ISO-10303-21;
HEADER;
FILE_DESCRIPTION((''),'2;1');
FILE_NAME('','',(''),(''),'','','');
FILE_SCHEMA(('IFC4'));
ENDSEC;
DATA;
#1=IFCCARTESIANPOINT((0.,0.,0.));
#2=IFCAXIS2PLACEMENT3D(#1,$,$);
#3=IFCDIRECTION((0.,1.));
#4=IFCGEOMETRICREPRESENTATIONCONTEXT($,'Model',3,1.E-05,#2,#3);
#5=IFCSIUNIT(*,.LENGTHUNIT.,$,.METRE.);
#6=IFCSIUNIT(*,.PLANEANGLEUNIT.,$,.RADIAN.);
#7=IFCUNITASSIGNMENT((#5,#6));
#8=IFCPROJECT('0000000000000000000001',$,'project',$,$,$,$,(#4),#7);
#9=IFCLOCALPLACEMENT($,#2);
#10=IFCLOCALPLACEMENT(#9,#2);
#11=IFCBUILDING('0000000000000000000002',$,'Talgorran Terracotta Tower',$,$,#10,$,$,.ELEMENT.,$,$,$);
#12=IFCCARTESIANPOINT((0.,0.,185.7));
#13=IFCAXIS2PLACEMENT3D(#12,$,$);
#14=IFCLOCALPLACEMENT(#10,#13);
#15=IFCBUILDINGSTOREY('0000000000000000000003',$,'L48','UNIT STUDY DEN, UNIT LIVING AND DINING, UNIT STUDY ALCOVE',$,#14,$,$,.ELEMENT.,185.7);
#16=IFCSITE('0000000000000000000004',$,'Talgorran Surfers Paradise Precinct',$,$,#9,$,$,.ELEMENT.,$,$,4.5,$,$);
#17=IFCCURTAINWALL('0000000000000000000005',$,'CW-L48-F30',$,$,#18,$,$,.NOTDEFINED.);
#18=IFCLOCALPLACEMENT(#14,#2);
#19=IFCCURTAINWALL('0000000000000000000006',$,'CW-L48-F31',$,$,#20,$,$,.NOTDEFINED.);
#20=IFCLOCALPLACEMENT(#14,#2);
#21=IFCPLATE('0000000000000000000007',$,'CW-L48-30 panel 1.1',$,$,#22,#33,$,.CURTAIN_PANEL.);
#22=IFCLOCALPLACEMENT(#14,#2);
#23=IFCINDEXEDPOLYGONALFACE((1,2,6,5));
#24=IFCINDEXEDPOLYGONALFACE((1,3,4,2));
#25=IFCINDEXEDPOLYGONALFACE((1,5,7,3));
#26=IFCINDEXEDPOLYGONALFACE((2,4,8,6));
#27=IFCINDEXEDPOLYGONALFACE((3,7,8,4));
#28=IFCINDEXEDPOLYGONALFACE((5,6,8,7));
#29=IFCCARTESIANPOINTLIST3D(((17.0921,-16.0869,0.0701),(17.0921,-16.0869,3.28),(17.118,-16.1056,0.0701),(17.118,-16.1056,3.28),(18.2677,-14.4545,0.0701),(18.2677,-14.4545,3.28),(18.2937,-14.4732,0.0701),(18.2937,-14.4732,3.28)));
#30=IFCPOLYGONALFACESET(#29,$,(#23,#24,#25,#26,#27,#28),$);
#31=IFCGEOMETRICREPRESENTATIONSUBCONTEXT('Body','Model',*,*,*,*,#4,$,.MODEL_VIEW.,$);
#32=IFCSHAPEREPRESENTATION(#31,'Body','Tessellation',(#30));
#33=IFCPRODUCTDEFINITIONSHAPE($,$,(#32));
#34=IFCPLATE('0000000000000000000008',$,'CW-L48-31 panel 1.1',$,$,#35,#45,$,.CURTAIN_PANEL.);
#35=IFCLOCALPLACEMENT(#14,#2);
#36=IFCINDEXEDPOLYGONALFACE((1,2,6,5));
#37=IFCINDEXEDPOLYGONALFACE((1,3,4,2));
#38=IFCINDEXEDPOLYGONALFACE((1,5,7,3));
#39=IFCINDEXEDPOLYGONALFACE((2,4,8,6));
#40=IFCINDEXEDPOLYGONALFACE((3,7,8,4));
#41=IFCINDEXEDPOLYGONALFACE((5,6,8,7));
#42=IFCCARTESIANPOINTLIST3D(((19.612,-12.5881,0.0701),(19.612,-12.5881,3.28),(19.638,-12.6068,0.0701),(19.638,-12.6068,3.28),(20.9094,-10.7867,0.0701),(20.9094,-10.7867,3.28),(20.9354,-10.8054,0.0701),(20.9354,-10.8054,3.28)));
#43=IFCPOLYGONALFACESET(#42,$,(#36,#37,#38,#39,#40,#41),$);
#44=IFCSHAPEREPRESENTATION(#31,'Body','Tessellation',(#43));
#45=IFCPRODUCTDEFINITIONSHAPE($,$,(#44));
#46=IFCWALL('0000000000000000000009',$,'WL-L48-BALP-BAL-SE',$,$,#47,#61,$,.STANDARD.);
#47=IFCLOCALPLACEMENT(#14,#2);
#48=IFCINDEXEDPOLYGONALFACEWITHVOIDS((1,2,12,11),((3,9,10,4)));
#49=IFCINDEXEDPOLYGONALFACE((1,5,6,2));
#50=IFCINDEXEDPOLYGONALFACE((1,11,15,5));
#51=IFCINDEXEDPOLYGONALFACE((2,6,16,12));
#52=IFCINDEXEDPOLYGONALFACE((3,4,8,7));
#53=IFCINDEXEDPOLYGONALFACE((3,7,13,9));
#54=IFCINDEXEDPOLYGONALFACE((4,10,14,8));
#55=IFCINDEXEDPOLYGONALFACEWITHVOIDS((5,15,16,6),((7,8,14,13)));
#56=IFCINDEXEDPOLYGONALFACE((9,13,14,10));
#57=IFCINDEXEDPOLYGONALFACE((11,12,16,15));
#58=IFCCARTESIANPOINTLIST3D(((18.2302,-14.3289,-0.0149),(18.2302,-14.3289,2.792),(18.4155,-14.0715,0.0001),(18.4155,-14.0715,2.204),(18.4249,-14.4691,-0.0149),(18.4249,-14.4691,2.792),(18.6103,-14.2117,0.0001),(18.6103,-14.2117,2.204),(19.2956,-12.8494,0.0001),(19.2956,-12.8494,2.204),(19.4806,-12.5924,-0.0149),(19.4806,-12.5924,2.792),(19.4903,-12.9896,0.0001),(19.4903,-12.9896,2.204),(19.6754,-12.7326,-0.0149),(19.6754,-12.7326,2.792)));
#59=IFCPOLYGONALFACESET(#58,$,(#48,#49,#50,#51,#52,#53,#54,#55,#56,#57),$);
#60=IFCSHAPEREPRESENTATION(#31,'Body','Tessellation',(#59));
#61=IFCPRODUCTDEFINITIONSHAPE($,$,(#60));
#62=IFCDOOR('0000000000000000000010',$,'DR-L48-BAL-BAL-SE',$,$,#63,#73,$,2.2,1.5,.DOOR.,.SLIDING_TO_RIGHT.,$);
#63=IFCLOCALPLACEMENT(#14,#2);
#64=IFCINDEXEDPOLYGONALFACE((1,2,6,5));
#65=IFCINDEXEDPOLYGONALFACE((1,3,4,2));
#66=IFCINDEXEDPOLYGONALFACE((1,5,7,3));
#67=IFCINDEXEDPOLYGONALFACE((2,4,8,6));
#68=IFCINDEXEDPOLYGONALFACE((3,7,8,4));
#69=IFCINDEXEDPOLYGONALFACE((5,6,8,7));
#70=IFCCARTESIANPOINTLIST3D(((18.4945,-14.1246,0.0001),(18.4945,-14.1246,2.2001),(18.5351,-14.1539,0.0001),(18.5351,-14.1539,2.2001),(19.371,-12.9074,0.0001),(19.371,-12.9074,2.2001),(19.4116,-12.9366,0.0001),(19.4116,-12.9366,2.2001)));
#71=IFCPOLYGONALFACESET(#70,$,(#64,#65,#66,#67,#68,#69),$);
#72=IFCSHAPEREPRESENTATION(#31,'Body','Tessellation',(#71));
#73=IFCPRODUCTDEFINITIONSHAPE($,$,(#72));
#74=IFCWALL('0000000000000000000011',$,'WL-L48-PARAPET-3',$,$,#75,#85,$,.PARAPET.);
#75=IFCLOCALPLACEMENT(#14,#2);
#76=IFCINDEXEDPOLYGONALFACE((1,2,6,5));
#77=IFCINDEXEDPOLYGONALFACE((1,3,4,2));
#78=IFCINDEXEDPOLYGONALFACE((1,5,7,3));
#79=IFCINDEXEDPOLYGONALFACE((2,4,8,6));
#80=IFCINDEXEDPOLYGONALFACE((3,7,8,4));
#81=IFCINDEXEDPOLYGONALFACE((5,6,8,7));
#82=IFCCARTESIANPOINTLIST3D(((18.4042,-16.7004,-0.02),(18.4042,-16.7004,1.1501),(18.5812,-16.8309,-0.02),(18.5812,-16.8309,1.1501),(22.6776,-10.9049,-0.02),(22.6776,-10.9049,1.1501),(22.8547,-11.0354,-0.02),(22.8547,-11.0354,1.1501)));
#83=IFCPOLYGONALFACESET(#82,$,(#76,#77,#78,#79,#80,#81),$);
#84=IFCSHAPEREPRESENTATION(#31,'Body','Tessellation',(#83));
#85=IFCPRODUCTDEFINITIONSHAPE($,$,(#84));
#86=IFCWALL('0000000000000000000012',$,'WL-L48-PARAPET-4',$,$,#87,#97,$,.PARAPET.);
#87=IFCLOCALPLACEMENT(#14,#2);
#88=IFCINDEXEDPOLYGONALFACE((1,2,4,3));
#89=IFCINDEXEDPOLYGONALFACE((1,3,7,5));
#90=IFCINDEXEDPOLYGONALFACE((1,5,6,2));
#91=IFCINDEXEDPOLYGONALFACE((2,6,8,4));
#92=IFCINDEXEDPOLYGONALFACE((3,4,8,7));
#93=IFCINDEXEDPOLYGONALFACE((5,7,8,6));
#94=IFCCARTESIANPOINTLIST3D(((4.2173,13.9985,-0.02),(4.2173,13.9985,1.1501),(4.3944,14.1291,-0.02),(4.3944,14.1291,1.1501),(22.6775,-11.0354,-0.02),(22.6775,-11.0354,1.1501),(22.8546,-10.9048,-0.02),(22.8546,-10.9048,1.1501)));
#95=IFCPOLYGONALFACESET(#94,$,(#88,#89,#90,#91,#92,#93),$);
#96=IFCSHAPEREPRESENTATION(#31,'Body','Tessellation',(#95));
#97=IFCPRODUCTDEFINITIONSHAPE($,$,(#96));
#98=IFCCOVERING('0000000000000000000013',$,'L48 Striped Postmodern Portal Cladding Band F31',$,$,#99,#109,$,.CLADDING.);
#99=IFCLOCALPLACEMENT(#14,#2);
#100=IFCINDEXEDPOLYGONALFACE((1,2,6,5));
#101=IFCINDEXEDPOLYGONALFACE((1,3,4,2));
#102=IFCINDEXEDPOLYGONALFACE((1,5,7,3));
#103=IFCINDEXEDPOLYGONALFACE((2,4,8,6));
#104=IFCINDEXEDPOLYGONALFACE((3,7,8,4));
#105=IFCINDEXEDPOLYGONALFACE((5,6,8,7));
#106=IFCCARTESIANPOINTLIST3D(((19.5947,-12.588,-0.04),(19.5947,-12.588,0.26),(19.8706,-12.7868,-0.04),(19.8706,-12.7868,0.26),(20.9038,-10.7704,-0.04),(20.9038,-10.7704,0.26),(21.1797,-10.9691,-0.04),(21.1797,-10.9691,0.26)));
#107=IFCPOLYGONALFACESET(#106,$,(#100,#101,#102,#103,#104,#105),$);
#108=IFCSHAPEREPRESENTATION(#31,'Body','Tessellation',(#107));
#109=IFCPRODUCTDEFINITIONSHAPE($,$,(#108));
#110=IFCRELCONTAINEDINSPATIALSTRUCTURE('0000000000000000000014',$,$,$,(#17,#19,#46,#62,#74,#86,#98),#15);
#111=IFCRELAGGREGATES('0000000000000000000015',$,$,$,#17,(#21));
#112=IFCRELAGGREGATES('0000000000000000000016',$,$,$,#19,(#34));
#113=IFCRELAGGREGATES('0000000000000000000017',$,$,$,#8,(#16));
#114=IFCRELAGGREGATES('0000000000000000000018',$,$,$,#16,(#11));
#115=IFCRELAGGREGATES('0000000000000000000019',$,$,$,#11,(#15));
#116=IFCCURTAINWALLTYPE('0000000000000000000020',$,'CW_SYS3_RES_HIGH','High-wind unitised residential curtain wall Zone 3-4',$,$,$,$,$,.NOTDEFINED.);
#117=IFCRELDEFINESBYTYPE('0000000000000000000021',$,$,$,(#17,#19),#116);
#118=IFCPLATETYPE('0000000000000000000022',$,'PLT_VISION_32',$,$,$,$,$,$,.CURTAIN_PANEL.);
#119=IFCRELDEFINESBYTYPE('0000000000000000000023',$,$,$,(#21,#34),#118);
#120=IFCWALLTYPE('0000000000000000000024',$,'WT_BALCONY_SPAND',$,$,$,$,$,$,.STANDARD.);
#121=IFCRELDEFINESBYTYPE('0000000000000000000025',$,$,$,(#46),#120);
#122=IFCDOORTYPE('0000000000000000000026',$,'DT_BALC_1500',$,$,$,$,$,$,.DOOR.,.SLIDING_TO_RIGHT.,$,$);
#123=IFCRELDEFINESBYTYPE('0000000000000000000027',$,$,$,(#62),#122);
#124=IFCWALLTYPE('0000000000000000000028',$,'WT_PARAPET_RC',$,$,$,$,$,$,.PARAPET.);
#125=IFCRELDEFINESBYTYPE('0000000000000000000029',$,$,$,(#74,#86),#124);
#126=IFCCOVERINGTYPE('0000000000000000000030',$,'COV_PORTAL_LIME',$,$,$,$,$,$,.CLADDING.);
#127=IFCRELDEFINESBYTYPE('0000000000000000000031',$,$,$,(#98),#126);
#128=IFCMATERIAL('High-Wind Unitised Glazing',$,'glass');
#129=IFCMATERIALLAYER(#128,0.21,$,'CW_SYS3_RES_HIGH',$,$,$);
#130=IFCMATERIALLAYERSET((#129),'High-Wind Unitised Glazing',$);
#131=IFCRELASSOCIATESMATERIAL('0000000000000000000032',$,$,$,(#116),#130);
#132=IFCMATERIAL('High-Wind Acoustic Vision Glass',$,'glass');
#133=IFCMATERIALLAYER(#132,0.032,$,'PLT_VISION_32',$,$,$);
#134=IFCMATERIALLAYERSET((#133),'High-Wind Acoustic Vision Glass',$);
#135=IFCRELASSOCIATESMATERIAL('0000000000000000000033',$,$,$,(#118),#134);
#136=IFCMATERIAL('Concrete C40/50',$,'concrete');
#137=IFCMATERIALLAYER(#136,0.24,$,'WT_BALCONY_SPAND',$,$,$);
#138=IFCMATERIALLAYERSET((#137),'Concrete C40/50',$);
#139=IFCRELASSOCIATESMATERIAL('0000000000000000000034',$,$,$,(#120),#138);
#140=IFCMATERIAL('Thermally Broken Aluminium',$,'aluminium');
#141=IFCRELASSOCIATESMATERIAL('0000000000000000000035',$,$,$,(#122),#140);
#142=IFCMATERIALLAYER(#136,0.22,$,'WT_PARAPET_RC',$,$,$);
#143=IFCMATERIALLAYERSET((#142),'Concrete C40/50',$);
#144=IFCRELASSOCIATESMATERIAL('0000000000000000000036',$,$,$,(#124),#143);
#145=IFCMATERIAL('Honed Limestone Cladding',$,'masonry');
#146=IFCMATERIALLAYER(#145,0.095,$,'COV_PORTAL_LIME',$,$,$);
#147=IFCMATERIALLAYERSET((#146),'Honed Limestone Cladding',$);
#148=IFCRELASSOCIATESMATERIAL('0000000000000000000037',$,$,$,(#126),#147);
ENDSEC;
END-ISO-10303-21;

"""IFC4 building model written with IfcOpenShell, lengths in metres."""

from ifc_helpers import new_model, si_unit, direction, frame, frame_2d, origin, origin_2d, place, context, subcontext, project, spatial, rectangle, extrude, source, transform, mapped, material, layer, layer_set, type_object, type_shapes, element, fill, aggregate, save


model = new_model("IFC4")

# Units and contexts
model_context = context("Model", 3, precision=1e-05, world=origin(), true_north=direction((0.0, 1.0)))
body_context = subcontext(model_context, "Body", "Model", "MODEL_VIEW")
ifc_project = project(units=[si_unit("LENGTHUNIT", "METRE"), si_unit("PLANEANGLEUNIT", "RADIAN")], contexts=[model_context])

# Site, building, storey
site_placement = place(None, origin())
site = spatial("IfcSite", under=ifc_project, at=site_placement, Name="Talgorran Surfers Paradise Precinct", CompositionType="ELEMENT", RefElevation=4.5)
building_placement = place(site_placement, origin())
building = spatial("IfcBuilding", under=site, at=building_placement, Name="Talgorran Terracotta Tower", CompositionType="ELEMENT")
storey_placement = place(building_placement, frame((0.0, 0.0, 185.7)))
storey = spatial("IfcBuildingStorey", under=building, at=storey_placement, Name="L48", Description="UNIT STUDY DEN, UNIT LIVING AND DINING, UNIT STUDY ALCOVE", CompositionType="ELEMENT", Elevation=185.7)

# Curtain wall
ifc_material_1 = material(Name="High-Wind Unitised Glazing", Category="glass")
ifc_layer_1 = layer(ifc_material_1, 0.21, Name="CW_SYS3_RES_HIGH")
ifc_layer_set_1 = layer_set([ifc_layer_1], Name="High-Wind Unitised Glazing")
curtain_wall_type = type_object("IfcCurtainWallType", Name="CW_SYS3_RES_HIGH", Description="High-wind unitised residential curtain wall Zone 3-4", PredefinedType="NOTDEFINED", material=ifc_layer_set_1)
curtain_wall_1_placement = place(storey_placement, origin())
curtain_wall_1 = element("IfcCurtainWall", 1, at=curtain_wall_1_placement, inside=storey, type_object=curtain_wall_type, Name="CW-L48-F30", PredefinedType="NOTDEFINED")

# Curtain wall
curtain_wall_2_placement = place(storey_placement, origin())
curtain_wall_2 = element("IfcCurtainWall", 2, at=curtain_wall_2_placement, inside=storey, type_object=curtain_wall_type, Name="CW-L48-F31", PredefinedType="NOTDEFINED")

# Plates
ifc_material_2 = material(Name="High-Wind Acoustic Vision Glass", Category="glass")
ifc_layer_2 = layer(ifc_material_2, 0.032, Name="PLT_VISION_32")
ifc_layer_set_2 = layer_set([ifc_layer_2], Name="High-Wind Acoustic Vision Glass")
plate_type_1 = type_object("IfcPlateType", Name="PLT_VISION_32", PredefinedType="CURTAIN_PANEL", material=ifc_layer_set_2)
shared_shape_1 = source(origin(), body_context, "Body", "SweptSolid", [
    extrude(rectangle(XDim=2.0117, YDim=0.032, at=origin_2d()), origin(), (0.0, 0.0, 1.0), 3.21),
])
plate_1_placement = place(storey_placement, frame((17.6929, -15.28, 0.0701), z_axis=(0.0, 0.0, 1.0), x_axis=(0.584399, 0.811466, 0.0)))
plate_1 = element("IfcPlate", 3, at=plate_1_placement, type_object=plate_type_1, Name="CW-L48-30 panel 1.1", PredefinedType="CURTAIN_PANEL", context=body_context, shape_type="MappedRepresentation", body=[
    mapped(shared_shape_1, transform((0.0, 0.0, 0.0), scale=1.0)),
])
aggregate(curtain_wall_1, [plate_1])
shared_shape_2 = source(origin(), body_context, "Body", "SweptSolid", [
    extrude(rectangle(XDim=2.22, YDim=0.032, at=origin_2d()), origin(), (0.0, 0.0, 1.0), 3.21),
])
type_shapes(plate_type_1, [shared_shape_1, shared_shape_2])
plate_2_placement = place(storey_placement, frame((20.2737, -11.6968, 0.0701), z_axis=(0.0, 0.0, 1.0), x_axis=(0.584416, 0.811454, 0.0)))
plate_2 = element("IfcPlate", 4, at=plate_2_placement, type_object=plate_type_1, Name="CW-L48-31 panel 1.1", PredefinedType="CURTAIN_PANEL", context=body_context, shape_type="MappedRepresentation", body=[
    mapped(shared_shape_2, transform((0.0, 0.0, 0.0), scale=1.0)),
])
aggregate(curtain_wall_2, [plate_2])

# Wall, opening, door
ifc_material_3 = material(Name="Concrete C40/50", Category="concrete")
ifc_layer_3 = layer(ifc_material_3, 0.24, Name="WT_BALCONY_SPAND")
ifc_layer_set_3 = layer_set([ifc_layer_3], Name="Concrete C40/50")
wall_type_1 = type_object("IfcWallType", Name="WT_BALCONY_SPAND", PredefinedType="STANDARD", material=ifc_layer_set_3)
wall_1_placement = place(storey_placement, frame((18.3276, -14.3989, -0.0149), z_axis=(0.0, 0.0, 1.0), x_axis=(0.584353, 0.8115, 0.0)))
wall_1 = element("IfcWall", 5, at=wall_1_placement, inside=storey, type_object=wall_type_1, Name="WL-L48-BALP-BAL-SE", PredefinedType="STANDARD", context=body_context, shape_type="SweptSolid", body=[
    extrude(rectangle(XDim=2.1399, YDim=0.24, at=frame_2d((1.0698, 0.0))), origin(), (0.0, 0.0, 1.0), 2.8069),
])
opening_placement = place(wall_1_placement, frame((0.3201, 0.0, 0.0149)))
opening = element("IfcOpeningElement", 6, at=opening_placement, cuts=wall_1, PredefinedType="OPENING", context=body_context, shape_type="SweptSolid", body=[
    extrude(rectangle(XDim=1.506, YDim=2.204, at=frame_2d((0.75, 1.1021))), frame((0.0, 0.1299, 0.0), z_axis=(0.0, -1.0, 0.0), x_axis=(1.0, 0.0, 0.0)), (0.0, 0.0, 1.0), 0.26),
])
ifc_material_4 = material(Name="Thermally Broken Aluminium", Category="aluminium")
door_type = type_object("IfcDoorType", Name="DT_BALC_1500", OperationType="SLIDING_TO_RIGHT", PredefinedType="DOOR", material=ifc_material_4)
door_placement = place(opening_placement, origin())
door = element("IfcDoor", 7, at=door_placement, inside=storey, type_object=door_type, Name="DR-L48-BAL-BAL-SE", OperationType="SLIDING_TO_RIGHT", OverallHeight=2.2, OverallWidth=1.5, PredefinedType="DOOR", context=body_context, shape_type="SweptSolid", body=[
    extrude(rectangle(XDim=1.5, YDim=2.2, at=frame_2d((0.75, 1.1001))), frame((0.0, 0.0249, 0.0), z_axis=(0.0, -1.0, 0.0), x_axis=(1.0, 0.0, 0.0)), (0.0, 0.0, 1.0), 0.05),
])
fill(opening, door)

# Walls
ifc_layer_4 = layer(ifc_material_3, 0.22, Name="WT_PARAPET_RC")
ifc_layer_set_4 = layer_set([ifc_layer_4], Name="Concrete C40/50")
wall_type_2 = type_object("IfcWallType", Name="WT_PARAPET_RC", PredefinedType="PARAPET", material=ifc_layer_set_4)
wall_2_placement = place(storey_placement, frame((18.4927, -16.7656, -0.02), z_axis=(0.0, 0.0, 1.0), x_axis=(0.593481, 0.804848, 0.0)))
element("IfcWall", 8, at=wall_2_placement, inside=storey, type_object=wall_type_2, Name="WL-L48-PARAPET-3", PredefinedType="PARAPET", context=body_context, shape_type="SweptSolid", body=[
    extrude(rectangle(XDim=7.2007, YDim=0.22, at=frame_2d((3.6003, 0.0))), origin(), (0.0, 0.0, 1.0), 1.1702),
])
wall_3_placement = place(storey_placement, frame((22.7661, -10.9702, -0.02), z_axis=(0.0, 0.0, 1.0), x_axis=(-0.593494, 0.804839, 0.0)))
element("IfcWall", 9, at=wall_3_placement, inside=storey, type_object=wall_type_2, Name="WL-L48-PARAPET-4", PredefinedType="PARAPET", context=body_context, shape_type="SweptSolid", body=[
    extrude(rectangle(XDim=31.1042, YDim=0.22, at=frame_2d((15.5522, 0.0))), origin(), (0.0, 0.0, 1.0), 1.1702),
])

# Covering
ifc_material_5 = material(Name="Honed Limestone Cladding", Category="masonry")
ifc_layer_5 = layer(ifc_material_5, 0.095, Name="COV_PORTAL_LIME")
ifc_layer_set_5 = layer_set([ifc_layer_5], Name="Honed Limestone Cladding")
covering_type = type_object("IfcCoveringType", Name="COV_PORTAL_LIME", PredefinedType="CLADDING", material=ifc_layer_set_5)
covering_placement = place(storey_placement, frame((20.3872, -11.7786, -0.04), z_axis=(0.0, 0.0, 1.0), x_axis=(0.58442, 0.811452, 0.0)))
element("IfcCovering", 10, at=covering_placement, inside=storey, type_object=covering_type, Name="L48 Striped Postmodern Portal Cladding Band F31", PredefinedType="CLADDING", context=body_context, shape_type="SweptSolid", body=[
    extrude(rectangle(XDim=2.24, YDim=0.3401, at=origin_2d()), origin(), (0.0, 0.0, 1.0), 0.3),
])

save(model, "model.ifc")
